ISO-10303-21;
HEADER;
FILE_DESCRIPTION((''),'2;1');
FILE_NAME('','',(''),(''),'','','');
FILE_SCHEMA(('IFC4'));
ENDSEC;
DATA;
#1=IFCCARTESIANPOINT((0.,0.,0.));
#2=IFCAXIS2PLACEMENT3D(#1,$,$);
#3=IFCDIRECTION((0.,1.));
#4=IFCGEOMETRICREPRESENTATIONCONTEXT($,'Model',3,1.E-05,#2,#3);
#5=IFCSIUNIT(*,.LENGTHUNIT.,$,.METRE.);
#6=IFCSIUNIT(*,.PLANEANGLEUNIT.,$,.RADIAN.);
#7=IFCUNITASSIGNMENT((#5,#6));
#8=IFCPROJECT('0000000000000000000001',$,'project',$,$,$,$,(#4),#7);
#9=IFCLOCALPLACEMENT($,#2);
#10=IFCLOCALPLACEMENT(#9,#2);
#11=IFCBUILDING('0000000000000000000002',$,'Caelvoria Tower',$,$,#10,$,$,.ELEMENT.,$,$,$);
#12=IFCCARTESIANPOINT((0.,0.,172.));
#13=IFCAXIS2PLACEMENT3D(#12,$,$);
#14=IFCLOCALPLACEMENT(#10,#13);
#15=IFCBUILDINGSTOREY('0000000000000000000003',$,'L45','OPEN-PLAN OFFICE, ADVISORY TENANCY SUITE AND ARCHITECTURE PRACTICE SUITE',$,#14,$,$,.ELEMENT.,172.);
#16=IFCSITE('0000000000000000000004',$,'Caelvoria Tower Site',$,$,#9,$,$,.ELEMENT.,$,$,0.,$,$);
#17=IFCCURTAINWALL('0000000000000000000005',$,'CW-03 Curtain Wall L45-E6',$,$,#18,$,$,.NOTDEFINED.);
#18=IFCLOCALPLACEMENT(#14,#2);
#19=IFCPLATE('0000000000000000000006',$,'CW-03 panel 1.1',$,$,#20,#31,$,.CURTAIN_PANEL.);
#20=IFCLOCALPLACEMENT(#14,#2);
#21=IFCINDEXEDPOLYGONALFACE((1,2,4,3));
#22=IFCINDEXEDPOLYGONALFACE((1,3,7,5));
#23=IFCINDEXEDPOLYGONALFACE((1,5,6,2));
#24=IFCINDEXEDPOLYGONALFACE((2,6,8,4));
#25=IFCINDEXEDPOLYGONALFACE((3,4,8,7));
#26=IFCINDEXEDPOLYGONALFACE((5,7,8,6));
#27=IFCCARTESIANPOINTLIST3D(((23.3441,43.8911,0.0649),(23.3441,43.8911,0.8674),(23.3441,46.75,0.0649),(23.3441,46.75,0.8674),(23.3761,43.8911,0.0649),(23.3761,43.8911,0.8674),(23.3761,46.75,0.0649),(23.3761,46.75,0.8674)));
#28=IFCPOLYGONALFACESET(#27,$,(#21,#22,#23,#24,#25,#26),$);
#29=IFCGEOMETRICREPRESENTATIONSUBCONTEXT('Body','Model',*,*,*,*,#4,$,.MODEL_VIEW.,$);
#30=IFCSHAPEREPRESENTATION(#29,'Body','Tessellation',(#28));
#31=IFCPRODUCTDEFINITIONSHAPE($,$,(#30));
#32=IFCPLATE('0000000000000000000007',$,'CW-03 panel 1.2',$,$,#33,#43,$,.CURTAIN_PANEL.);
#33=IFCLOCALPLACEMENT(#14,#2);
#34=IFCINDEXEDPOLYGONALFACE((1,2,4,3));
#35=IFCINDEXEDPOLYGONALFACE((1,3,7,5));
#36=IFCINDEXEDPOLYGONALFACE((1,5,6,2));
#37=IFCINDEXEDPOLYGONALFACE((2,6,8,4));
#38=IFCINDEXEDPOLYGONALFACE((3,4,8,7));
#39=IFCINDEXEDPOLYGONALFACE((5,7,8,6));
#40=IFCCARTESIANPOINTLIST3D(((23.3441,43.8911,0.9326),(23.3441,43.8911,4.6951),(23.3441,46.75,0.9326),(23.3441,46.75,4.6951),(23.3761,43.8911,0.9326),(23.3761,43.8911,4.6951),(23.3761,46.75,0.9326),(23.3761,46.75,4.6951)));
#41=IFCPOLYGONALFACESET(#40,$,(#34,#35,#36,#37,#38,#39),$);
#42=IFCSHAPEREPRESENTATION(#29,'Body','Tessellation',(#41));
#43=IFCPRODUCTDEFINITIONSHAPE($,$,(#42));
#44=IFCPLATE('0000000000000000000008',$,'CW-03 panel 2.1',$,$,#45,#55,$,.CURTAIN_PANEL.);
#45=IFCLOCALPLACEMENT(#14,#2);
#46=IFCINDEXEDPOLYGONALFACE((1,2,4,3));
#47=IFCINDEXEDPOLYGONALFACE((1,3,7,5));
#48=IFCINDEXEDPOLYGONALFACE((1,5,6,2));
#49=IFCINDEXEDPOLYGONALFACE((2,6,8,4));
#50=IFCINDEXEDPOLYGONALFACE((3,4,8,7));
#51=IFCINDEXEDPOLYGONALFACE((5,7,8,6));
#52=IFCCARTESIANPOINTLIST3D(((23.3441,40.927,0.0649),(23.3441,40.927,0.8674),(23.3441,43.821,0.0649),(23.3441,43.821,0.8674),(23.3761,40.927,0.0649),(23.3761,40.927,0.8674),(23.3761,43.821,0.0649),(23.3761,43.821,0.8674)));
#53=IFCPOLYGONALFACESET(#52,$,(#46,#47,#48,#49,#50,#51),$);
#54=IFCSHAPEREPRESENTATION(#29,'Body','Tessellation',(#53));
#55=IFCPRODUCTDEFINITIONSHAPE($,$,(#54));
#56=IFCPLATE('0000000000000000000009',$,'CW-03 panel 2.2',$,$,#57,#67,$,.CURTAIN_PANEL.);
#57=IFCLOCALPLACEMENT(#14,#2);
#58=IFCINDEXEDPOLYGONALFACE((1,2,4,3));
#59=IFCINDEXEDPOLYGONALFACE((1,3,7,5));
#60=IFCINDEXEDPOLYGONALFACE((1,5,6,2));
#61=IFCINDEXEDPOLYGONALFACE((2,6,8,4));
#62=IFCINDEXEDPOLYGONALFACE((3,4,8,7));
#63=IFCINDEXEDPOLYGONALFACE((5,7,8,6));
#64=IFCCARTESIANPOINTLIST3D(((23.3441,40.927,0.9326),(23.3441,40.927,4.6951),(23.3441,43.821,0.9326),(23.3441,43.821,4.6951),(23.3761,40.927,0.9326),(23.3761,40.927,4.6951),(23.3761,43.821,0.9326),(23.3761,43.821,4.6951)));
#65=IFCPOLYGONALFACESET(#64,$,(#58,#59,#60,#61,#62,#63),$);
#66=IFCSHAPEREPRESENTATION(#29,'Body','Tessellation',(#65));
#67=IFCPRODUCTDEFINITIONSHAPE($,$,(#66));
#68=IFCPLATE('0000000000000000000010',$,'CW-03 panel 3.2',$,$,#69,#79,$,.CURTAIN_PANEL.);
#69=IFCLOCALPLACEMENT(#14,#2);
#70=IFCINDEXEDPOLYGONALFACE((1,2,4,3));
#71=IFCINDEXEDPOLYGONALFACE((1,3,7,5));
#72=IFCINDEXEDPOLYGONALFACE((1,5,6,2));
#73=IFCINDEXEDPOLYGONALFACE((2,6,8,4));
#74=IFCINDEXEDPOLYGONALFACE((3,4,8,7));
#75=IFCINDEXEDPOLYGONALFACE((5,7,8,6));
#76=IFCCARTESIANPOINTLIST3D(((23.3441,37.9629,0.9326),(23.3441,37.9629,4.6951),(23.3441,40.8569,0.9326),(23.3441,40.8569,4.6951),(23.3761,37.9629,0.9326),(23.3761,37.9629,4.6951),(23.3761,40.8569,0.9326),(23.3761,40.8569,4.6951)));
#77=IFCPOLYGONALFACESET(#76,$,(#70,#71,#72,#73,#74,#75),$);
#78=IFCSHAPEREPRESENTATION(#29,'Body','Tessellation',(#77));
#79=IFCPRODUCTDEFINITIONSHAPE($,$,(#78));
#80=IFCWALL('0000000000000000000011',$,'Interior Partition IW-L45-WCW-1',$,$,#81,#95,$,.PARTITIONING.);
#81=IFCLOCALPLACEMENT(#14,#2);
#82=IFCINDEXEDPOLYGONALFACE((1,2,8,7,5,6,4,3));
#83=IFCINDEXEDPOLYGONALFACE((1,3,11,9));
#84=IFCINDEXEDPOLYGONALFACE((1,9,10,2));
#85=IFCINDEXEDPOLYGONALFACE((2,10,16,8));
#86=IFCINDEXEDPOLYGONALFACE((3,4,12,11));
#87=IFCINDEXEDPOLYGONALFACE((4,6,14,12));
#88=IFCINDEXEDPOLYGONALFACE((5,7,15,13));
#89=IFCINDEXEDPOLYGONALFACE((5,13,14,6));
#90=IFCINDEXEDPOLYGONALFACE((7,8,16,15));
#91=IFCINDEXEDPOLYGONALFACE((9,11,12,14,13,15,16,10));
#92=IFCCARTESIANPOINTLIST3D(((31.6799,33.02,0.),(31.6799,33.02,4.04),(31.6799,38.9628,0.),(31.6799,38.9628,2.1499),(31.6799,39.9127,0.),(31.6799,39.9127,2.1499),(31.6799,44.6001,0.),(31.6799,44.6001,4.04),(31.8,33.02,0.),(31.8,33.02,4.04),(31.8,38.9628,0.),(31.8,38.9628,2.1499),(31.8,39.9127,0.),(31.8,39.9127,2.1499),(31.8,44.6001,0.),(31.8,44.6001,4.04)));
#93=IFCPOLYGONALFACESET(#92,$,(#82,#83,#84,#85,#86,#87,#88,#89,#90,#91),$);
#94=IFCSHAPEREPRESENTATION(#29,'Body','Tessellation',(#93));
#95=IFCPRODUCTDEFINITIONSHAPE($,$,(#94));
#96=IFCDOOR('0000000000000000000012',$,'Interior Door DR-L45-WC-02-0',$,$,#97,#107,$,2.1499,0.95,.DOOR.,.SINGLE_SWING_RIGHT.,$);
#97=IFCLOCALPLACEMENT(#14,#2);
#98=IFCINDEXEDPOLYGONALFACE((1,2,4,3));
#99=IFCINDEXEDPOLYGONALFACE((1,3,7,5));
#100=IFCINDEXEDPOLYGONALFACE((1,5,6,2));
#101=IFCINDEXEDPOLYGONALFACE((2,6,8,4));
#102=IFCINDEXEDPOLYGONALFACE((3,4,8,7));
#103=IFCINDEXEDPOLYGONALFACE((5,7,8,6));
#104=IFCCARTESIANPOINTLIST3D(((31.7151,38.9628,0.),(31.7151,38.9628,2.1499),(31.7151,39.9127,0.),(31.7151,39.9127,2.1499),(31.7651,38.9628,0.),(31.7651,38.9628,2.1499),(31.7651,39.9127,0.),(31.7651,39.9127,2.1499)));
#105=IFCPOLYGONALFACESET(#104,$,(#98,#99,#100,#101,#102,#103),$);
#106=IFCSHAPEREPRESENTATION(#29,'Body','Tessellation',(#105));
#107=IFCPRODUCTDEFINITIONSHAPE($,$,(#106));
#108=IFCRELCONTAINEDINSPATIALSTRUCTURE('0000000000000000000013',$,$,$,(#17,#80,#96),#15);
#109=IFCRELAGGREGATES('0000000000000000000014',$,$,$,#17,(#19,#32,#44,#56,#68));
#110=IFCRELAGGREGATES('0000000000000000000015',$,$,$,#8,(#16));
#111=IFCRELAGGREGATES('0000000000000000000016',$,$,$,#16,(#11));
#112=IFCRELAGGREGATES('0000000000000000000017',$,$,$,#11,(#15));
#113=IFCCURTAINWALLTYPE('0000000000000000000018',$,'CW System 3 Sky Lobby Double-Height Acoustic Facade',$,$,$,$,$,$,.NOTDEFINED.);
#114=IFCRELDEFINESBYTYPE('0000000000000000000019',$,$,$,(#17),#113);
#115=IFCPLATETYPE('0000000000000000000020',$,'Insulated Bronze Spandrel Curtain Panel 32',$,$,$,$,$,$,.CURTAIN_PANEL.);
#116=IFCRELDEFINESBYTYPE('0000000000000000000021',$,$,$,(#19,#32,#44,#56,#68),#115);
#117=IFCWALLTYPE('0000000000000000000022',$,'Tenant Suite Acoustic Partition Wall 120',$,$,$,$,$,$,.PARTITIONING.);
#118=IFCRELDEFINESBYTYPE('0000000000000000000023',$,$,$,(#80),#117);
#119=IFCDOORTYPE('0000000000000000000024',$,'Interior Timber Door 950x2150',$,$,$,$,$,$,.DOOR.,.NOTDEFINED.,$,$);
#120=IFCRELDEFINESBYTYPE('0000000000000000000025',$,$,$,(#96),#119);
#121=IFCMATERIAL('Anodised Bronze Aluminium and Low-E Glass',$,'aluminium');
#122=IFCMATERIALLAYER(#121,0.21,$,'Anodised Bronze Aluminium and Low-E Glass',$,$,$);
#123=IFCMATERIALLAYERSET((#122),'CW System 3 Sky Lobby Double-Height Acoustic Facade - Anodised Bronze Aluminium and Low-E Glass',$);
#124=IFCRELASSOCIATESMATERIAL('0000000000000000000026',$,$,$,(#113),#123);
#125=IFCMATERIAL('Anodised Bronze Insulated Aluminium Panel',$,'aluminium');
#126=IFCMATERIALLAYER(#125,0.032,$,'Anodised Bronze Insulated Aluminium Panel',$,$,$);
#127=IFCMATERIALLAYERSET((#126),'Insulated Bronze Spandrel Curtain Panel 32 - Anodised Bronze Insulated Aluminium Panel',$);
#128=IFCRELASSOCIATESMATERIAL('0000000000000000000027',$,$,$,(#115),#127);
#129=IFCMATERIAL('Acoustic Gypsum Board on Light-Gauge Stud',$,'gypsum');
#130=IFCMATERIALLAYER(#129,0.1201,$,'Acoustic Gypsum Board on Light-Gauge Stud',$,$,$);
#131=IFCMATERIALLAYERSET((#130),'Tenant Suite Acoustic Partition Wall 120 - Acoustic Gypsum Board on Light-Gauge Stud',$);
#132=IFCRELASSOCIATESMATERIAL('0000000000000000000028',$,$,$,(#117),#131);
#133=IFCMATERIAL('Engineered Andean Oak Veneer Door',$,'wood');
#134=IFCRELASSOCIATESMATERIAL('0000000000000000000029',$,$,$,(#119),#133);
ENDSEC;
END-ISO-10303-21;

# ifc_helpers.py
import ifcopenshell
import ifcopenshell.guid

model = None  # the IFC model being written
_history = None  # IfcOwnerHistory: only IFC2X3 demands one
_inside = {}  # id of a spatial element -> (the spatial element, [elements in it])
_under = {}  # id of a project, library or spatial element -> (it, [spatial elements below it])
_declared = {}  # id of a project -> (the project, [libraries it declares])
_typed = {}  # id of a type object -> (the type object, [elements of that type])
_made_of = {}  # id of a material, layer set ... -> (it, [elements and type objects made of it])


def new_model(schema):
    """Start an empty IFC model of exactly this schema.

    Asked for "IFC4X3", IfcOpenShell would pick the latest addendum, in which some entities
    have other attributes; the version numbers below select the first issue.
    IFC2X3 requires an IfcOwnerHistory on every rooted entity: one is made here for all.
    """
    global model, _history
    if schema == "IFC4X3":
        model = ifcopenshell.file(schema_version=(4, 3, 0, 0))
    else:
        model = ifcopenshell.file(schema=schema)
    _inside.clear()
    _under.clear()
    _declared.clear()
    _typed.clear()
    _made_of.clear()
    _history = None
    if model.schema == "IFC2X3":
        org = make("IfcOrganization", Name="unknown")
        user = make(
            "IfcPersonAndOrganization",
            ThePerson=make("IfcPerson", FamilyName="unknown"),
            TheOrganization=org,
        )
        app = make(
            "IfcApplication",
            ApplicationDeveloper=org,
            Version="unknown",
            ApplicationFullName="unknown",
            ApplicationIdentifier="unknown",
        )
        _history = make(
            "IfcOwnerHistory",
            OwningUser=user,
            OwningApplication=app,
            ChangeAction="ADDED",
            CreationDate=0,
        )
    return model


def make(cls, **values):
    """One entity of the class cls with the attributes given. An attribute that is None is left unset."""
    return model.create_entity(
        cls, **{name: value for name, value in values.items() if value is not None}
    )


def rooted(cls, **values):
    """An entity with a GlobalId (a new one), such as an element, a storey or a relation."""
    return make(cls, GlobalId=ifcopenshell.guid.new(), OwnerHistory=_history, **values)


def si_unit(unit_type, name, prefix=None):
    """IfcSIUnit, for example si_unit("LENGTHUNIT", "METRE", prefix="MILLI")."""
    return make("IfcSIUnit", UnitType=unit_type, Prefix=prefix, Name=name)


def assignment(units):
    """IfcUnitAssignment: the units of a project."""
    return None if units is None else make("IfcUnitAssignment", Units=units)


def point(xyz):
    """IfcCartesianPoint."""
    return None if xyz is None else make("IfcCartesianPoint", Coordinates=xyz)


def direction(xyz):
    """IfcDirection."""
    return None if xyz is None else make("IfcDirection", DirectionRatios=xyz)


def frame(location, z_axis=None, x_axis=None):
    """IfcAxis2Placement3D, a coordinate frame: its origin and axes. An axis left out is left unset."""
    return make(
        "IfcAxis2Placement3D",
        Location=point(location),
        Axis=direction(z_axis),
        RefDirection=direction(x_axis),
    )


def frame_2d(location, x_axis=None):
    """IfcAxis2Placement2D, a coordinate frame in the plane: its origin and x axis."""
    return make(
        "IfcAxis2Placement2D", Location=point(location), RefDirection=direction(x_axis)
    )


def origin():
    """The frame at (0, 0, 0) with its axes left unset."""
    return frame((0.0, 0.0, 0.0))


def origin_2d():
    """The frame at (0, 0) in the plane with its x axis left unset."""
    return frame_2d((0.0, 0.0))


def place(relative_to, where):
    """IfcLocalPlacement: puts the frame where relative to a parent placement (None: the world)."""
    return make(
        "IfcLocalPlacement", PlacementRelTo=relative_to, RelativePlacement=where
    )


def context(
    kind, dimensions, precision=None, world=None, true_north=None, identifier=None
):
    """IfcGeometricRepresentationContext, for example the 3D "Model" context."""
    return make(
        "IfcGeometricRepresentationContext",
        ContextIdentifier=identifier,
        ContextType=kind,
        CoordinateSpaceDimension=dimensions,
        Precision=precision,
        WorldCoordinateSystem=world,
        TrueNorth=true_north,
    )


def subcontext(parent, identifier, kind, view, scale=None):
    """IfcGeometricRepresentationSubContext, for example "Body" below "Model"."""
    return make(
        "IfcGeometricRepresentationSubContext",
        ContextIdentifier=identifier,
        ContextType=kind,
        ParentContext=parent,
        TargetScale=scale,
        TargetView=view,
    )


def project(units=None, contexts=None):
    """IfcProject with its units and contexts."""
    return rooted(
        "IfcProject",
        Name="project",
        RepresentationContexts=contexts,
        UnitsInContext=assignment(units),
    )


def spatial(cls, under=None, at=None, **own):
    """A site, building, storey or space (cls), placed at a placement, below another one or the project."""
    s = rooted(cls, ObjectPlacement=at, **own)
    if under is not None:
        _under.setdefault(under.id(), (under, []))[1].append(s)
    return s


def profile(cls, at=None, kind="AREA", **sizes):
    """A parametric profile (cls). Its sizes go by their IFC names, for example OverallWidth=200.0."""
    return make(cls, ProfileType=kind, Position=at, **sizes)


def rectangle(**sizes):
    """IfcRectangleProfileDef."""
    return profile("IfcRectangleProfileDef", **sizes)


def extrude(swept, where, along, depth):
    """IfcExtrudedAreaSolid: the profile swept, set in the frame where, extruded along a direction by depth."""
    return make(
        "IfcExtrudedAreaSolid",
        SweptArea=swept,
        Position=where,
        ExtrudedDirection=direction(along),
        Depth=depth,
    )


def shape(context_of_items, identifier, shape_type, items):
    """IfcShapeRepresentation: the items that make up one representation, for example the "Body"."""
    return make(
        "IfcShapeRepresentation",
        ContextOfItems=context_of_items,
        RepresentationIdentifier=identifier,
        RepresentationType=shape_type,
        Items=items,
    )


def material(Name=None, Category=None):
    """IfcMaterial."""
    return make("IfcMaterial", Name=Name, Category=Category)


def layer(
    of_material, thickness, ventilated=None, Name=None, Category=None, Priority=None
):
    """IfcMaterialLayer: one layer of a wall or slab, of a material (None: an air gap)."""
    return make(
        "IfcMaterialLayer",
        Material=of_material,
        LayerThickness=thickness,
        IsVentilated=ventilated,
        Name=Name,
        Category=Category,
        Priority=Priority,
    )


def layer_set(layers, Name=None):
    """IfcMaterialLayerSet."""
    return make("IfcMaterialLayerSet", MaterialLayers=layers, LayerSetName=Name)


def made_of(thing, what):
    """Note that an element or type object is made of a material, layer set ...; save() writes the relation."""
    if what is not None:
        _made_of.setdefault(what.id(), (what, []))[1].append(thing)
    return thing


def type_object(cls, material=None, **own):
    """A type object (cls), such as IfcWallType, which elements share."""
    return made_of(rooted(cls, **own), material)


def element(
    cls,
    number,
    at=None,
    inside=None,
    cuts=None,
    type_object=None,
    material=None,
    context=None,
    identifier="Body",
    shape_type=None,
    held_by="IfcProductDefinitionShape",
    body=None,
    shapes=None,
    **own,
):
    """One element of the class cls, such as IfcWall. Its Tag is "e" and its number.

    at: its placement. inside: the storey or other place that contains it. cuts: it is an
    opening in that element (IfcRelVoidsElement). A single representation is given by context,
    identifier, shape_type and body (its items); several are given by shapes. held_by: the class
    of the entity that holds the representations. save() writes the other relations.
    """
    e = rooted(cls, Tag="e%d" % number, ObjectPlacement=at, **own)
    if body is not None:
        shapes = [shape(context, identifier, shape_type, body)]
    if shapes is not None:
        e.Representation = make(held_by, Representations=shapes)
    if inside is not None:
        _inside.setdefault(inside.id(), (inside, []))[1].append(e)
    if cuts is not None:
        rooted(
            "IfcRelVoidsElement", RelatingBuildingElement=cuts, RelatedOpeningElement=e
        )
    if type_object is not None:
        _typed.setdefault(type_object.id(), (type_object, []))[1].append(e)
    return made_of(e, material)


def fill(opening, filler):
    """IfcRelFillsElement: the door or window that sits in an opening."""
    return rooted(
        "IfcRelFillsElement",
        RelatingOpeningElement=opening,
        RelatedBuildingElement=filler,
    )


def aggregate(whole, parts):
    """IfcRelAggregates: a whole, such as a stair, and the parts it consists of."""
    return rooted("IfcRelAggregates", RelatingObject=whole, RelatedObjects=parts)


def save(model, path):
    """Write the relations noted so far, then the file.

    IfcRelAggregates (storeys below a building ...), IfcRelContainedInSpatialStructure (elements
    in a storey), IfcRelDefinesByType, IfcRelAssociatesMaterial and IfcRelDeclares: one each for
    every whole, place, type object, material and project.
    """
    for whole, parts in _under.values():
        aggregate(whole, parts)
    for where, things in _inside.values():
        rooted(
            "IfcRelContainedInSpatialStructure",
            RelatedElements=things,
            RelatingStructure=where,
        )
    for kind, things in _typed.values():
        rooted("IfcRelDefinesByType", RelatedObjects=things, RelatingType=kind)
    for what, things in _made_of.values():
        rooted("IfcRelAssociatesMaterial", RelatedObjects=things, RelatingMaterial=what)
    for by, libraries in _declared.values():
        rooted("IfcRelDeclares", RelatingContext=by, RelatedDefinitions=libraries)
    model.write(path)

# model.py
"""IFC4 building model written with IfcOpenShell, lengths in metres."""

from ifc_helpers import new_model, si_unit, direction, frame, frame_2d, origin, origin_2d, place, context, subcontext, project, spatial, rectangle, extrude, material, layer, layer_set, type_object, element, fill, aggregate, save


model = new_model("IFC4")

# Units and contexts
model_context = context("Model", 3, precision=1e-05, world=origin(), true_north=direction((0.0, 1.0)))
body_context = subcontext(model_context, "Body", "Model", "MODEL_VIEW")
ifc_project = project(units=[si_unit("LENGTHUNIT", "METRE"), si_unit("PLANEANGLEUNIT", "RADIAN")], contexts=[model_context])

# Site, building, storey
site_placement = place(None, origin())
site = spatial("IfcSite", under=ifc_project, at=site_placement, Name="Caelvoria Tower Site", CompositionType="ELEMENT", RefElevation=0.0)
building_placement = place(site_placement, origin())
building = spatial("IfcBuilding", under=site, at=building_placement, Name="Caelvoria Tower", CompositionType="ELEMENT")
storey_placement = place(building_placement, frame((0.0, 0.0, 172.0)))
storey = spatial("IfcBuildingStorey", under=building, at=storey_placement, Name="L45", Description="OPEN-PLAN OFFICE, ADVISORY TENANCY SUITE AND ARCHITECTURE PRACTICE SUITE", CompositionType="ELEMENT", Elevation=172.0)

# Curtain wall
ifc_material_1 = material(Name="Anodised Bronze Aluminium and Low-E Glass", Category="aluminium")
ifc_layer_1 = layer(ifc_material_1, 0.21, Name="Anodised Bronze Aluminium and Low-E Glass")
ifc_layer_set_1 = layer_set([ifc_layer_1], Name="CW System 3 Sky Lobby Double-Height Acoustic Facade - Anodised Bronze Aluminium and Low-E Glass")
curtain_wall_type = type_object("IfcCurtainWallType", Name="CW System 3 Sky Lobby Double-Height Acoustic Facade", PredefinedType="NOTDEFINED", material=ifc_layer_set_1)
curtain_wall_placement = place(storey_placement, origin())
curtain_wall = element("IfcCurtainWall", 1, at=curtain_wall_placement, inside=storey, type_object=curtain_wall_type, Name="CW-03 Curtain Wall L45-E6", PredefinedType="NOTDEFINED")

# Plates
ifc_material_2 = material(Name="Anodised Bronze Insulated Aluminium Panel", Category="aluminium")
ifc_layer_2 = layer(ifc_material_2, 0.032, Name="Anodised Bronze Insulated Aluminium Panel")
ifc_layer_set_2 = layer_set([ifc_layer_2], Name="Insulated Bronze Spandrel Curtain Panel 32 - Anodised Bronze Insulated Aluminium Panel")
plate_type = type_object("IfcPlateType", Name="Insulated Bronze Spandrel Curtain Panel 32", PredefinedType="CURTAIN_PANEL", material=ifc_layer_set_2)
plate_1_placement = place(storey_placement, frame((23.3601, 45.3206, 0.0649), z_axis=(0.0, 0.0, 1.0), x_axis=(0.0, -1.0, 0.0)))
plate_1 = element("IfcPlate", 2, at=plate_1_placement, type_object=plate_type, Name="CW-03 panel 1.1", PredefinedType="CURTAIN_PANEL", context=body_context, shape_type="SweptSolid", body=[
    extrude(rectangle(XDim=2.8589, YDim=0.032, at=origin_2d()), origin(), (0.0, 0.0, 1.0), 0.8025),
])
plate_2_placement = place(storey_placement, frame((23.3601, 45.3206, 0.9326), z_axis=(0.0, 0.0, 1.0), x_axis=(0.0, -1.0, 0.0)))
plate_2 = element("IfcPlate", 3, at=plate_2_placement, type_object=plate_type, Name="CW-03 panel 1.2", PredefinedType="CURTAIN_PANEL", context=body_context, shape_type="SweptSolid", body=[
    extrude(rectangle(XDim=2.8589, YDim=0.032, at=origin_2d()), origin(), (0.0, 0.0, 1.0), 3.7625),
])
plate_3_placement = place(storey_placement, frame((23.3601, 42.374, 0.0649), z_axis=(0.0, 0.0, 1.0), x_axis=(0.0, -1.0, 0.0)))
plate_3 = element("IfcPlate", 4, at=plate_3_placement, type_object=plate_type, Name="CW-03 panel 2.1", PredefinedType="CURTAIN_PANEL", context=body_context, shape_type="SweptSolid", body=[
    extrude(rectangle(XDim=2.894, YDim=0.032, at=origin_2d()), origin(), (0.0, 0.0, 1.0), 0.8025),
])
plate_4_placement = place(storey_placement, frame((23.3601, 42.374, 0.9326), z_axis=(0.0, 0.0, 1.0), x_axis=(0.0, -1.0, 0.0)))
plate_4 = element("IfcPlate", 5, at=plate_4_placement, type_object=plate_type, Name="CW-03 panel 2.2", PredefinedType="CURTAIN_PANEL", context=body_context, shape_type="SweptSolid", body=[
    extrude(rectangle(XDim=2.894, YDim=0.032, at=origin_2d()), origin(), (0.0, 0.0, 1.0), 3.7625),
])
plate_5_placement = place(storey_placement, frame((23.3601, 39.4099, 0.9326), z_axis=(0.0, 0.0, 1.0), x_axis=(0.0, -1.0, 0.0)))
plate_5 = element("IfcPlate", 6, at=plate_5_placement, type_object=plate_type, Name="CW-03 panel 3.2", PredefinedType="CURTAIN_PANEL", context=body_context, shape_type="SweptSolid", body=[
    extrude(rectangle(XDim=2.894, YDim=0.032, at=origin_2d()), origin(), (0.0, 0.0, 1.0), 3.7625),
])
aggregate(curtain_wall, [plate_1, plate_2, plate_3, plate_4, plate_5])

# Wall, opening, door
ifc_material_3 = material(Name="Acoustic Gypsum Board on Light-Gauge Stud", Category="gypsum")
ifc_layer_3 = layer(ifc_material_3, 0.1201, Name="Acoustic Gypsum Board on Light-Gauge Stud")
ifc_layer_set_3 = layer_set([ifc_layer_3], Name="Tenant Suite Acoustic Partition Wall 120 - Acoustic Gypsum Board on Light-Gauge Stud")
wall_type = type_object("IfcWallType", Name="Tenant Suite Acoustic Partition Wall 120", PredefinedType="PARTITIONING", material=ifc_layer_set_3)
wall_placement = place(storey_placement, frame((31.74, 33.02, 0.0), z_axis=(0.0, 0.0, 1.0), x_axis=(0.0, 1.0, 0.0)))
wall = element("IfcWall", 7, at=wall_placement, inside=storey, type_object=wall_type, Name="Interior Partition IW-L45-WCW-1", PredefinedType="PARTITIONING", context=body_context, shape_type="SweptSolid", body=[
    extrude(rectangle(XDim=11.5801, YDim=0.1201, at=frame_2d((5.79, 0.0))), origin(), (0.0, 0.0, 1.0), 4.04),
])
opening_placement = place(wall_placement, frame((5.9426, 0.0, 0.0)))
opening = element("IfcOpeningElement", 8, at=opening_placement, cuts=wall, PredefinedType="OPENING", context=body_context, shape_type="SweptSolid", body=[
    extrude(rectangle(XDim=0.95, YDim=2.1499, at=frame_2d((0.4751, 1.075))), frame((0.0, 0.0701, 0.0), z_axis=(0.0, -1.0, 0.0), x_axis=(1.0, 0.0, 0.0)), (0.0, 0.0, 1.0), 0.1401),
])
ifc_material_4 = material(Name="Engineered Andean Oak Veneer Door", Category="wood")
door_type = type_object("IfcDoorType", Name="Interior Timber Door 950x2150", OperationType="NOTDEFINED", PredefinedType="DOOR", material=ifc_material_4)
door_placement = place(opening_placement, origin())
door = element("IfcDoor", 9, at=door_placement, inside=storey, type_object=door_type, Name="Interior Door DR-L45-WC-02-0", OperationType="SINGLE_SWING_RIGHT", OverallHeight=2.1499, OverallWidth=0.95, PredefinedType="DOOR", context=body_context, shape_type="SweptSolid", body=[
    extrude(rectangle(XDim=0.95, YDim=2.1499, at=frame_2d((0.4751, 1.075))), frame((0.0, 0.0249, 0.0), z_axis=(0.0, -1.0, 0.0), x_axis=(1.0, 0.0, 0.0)), (0.0, 0.0, 1.0), 0.05),
])
fill(opening, door)

save(model, "model.ifc")
